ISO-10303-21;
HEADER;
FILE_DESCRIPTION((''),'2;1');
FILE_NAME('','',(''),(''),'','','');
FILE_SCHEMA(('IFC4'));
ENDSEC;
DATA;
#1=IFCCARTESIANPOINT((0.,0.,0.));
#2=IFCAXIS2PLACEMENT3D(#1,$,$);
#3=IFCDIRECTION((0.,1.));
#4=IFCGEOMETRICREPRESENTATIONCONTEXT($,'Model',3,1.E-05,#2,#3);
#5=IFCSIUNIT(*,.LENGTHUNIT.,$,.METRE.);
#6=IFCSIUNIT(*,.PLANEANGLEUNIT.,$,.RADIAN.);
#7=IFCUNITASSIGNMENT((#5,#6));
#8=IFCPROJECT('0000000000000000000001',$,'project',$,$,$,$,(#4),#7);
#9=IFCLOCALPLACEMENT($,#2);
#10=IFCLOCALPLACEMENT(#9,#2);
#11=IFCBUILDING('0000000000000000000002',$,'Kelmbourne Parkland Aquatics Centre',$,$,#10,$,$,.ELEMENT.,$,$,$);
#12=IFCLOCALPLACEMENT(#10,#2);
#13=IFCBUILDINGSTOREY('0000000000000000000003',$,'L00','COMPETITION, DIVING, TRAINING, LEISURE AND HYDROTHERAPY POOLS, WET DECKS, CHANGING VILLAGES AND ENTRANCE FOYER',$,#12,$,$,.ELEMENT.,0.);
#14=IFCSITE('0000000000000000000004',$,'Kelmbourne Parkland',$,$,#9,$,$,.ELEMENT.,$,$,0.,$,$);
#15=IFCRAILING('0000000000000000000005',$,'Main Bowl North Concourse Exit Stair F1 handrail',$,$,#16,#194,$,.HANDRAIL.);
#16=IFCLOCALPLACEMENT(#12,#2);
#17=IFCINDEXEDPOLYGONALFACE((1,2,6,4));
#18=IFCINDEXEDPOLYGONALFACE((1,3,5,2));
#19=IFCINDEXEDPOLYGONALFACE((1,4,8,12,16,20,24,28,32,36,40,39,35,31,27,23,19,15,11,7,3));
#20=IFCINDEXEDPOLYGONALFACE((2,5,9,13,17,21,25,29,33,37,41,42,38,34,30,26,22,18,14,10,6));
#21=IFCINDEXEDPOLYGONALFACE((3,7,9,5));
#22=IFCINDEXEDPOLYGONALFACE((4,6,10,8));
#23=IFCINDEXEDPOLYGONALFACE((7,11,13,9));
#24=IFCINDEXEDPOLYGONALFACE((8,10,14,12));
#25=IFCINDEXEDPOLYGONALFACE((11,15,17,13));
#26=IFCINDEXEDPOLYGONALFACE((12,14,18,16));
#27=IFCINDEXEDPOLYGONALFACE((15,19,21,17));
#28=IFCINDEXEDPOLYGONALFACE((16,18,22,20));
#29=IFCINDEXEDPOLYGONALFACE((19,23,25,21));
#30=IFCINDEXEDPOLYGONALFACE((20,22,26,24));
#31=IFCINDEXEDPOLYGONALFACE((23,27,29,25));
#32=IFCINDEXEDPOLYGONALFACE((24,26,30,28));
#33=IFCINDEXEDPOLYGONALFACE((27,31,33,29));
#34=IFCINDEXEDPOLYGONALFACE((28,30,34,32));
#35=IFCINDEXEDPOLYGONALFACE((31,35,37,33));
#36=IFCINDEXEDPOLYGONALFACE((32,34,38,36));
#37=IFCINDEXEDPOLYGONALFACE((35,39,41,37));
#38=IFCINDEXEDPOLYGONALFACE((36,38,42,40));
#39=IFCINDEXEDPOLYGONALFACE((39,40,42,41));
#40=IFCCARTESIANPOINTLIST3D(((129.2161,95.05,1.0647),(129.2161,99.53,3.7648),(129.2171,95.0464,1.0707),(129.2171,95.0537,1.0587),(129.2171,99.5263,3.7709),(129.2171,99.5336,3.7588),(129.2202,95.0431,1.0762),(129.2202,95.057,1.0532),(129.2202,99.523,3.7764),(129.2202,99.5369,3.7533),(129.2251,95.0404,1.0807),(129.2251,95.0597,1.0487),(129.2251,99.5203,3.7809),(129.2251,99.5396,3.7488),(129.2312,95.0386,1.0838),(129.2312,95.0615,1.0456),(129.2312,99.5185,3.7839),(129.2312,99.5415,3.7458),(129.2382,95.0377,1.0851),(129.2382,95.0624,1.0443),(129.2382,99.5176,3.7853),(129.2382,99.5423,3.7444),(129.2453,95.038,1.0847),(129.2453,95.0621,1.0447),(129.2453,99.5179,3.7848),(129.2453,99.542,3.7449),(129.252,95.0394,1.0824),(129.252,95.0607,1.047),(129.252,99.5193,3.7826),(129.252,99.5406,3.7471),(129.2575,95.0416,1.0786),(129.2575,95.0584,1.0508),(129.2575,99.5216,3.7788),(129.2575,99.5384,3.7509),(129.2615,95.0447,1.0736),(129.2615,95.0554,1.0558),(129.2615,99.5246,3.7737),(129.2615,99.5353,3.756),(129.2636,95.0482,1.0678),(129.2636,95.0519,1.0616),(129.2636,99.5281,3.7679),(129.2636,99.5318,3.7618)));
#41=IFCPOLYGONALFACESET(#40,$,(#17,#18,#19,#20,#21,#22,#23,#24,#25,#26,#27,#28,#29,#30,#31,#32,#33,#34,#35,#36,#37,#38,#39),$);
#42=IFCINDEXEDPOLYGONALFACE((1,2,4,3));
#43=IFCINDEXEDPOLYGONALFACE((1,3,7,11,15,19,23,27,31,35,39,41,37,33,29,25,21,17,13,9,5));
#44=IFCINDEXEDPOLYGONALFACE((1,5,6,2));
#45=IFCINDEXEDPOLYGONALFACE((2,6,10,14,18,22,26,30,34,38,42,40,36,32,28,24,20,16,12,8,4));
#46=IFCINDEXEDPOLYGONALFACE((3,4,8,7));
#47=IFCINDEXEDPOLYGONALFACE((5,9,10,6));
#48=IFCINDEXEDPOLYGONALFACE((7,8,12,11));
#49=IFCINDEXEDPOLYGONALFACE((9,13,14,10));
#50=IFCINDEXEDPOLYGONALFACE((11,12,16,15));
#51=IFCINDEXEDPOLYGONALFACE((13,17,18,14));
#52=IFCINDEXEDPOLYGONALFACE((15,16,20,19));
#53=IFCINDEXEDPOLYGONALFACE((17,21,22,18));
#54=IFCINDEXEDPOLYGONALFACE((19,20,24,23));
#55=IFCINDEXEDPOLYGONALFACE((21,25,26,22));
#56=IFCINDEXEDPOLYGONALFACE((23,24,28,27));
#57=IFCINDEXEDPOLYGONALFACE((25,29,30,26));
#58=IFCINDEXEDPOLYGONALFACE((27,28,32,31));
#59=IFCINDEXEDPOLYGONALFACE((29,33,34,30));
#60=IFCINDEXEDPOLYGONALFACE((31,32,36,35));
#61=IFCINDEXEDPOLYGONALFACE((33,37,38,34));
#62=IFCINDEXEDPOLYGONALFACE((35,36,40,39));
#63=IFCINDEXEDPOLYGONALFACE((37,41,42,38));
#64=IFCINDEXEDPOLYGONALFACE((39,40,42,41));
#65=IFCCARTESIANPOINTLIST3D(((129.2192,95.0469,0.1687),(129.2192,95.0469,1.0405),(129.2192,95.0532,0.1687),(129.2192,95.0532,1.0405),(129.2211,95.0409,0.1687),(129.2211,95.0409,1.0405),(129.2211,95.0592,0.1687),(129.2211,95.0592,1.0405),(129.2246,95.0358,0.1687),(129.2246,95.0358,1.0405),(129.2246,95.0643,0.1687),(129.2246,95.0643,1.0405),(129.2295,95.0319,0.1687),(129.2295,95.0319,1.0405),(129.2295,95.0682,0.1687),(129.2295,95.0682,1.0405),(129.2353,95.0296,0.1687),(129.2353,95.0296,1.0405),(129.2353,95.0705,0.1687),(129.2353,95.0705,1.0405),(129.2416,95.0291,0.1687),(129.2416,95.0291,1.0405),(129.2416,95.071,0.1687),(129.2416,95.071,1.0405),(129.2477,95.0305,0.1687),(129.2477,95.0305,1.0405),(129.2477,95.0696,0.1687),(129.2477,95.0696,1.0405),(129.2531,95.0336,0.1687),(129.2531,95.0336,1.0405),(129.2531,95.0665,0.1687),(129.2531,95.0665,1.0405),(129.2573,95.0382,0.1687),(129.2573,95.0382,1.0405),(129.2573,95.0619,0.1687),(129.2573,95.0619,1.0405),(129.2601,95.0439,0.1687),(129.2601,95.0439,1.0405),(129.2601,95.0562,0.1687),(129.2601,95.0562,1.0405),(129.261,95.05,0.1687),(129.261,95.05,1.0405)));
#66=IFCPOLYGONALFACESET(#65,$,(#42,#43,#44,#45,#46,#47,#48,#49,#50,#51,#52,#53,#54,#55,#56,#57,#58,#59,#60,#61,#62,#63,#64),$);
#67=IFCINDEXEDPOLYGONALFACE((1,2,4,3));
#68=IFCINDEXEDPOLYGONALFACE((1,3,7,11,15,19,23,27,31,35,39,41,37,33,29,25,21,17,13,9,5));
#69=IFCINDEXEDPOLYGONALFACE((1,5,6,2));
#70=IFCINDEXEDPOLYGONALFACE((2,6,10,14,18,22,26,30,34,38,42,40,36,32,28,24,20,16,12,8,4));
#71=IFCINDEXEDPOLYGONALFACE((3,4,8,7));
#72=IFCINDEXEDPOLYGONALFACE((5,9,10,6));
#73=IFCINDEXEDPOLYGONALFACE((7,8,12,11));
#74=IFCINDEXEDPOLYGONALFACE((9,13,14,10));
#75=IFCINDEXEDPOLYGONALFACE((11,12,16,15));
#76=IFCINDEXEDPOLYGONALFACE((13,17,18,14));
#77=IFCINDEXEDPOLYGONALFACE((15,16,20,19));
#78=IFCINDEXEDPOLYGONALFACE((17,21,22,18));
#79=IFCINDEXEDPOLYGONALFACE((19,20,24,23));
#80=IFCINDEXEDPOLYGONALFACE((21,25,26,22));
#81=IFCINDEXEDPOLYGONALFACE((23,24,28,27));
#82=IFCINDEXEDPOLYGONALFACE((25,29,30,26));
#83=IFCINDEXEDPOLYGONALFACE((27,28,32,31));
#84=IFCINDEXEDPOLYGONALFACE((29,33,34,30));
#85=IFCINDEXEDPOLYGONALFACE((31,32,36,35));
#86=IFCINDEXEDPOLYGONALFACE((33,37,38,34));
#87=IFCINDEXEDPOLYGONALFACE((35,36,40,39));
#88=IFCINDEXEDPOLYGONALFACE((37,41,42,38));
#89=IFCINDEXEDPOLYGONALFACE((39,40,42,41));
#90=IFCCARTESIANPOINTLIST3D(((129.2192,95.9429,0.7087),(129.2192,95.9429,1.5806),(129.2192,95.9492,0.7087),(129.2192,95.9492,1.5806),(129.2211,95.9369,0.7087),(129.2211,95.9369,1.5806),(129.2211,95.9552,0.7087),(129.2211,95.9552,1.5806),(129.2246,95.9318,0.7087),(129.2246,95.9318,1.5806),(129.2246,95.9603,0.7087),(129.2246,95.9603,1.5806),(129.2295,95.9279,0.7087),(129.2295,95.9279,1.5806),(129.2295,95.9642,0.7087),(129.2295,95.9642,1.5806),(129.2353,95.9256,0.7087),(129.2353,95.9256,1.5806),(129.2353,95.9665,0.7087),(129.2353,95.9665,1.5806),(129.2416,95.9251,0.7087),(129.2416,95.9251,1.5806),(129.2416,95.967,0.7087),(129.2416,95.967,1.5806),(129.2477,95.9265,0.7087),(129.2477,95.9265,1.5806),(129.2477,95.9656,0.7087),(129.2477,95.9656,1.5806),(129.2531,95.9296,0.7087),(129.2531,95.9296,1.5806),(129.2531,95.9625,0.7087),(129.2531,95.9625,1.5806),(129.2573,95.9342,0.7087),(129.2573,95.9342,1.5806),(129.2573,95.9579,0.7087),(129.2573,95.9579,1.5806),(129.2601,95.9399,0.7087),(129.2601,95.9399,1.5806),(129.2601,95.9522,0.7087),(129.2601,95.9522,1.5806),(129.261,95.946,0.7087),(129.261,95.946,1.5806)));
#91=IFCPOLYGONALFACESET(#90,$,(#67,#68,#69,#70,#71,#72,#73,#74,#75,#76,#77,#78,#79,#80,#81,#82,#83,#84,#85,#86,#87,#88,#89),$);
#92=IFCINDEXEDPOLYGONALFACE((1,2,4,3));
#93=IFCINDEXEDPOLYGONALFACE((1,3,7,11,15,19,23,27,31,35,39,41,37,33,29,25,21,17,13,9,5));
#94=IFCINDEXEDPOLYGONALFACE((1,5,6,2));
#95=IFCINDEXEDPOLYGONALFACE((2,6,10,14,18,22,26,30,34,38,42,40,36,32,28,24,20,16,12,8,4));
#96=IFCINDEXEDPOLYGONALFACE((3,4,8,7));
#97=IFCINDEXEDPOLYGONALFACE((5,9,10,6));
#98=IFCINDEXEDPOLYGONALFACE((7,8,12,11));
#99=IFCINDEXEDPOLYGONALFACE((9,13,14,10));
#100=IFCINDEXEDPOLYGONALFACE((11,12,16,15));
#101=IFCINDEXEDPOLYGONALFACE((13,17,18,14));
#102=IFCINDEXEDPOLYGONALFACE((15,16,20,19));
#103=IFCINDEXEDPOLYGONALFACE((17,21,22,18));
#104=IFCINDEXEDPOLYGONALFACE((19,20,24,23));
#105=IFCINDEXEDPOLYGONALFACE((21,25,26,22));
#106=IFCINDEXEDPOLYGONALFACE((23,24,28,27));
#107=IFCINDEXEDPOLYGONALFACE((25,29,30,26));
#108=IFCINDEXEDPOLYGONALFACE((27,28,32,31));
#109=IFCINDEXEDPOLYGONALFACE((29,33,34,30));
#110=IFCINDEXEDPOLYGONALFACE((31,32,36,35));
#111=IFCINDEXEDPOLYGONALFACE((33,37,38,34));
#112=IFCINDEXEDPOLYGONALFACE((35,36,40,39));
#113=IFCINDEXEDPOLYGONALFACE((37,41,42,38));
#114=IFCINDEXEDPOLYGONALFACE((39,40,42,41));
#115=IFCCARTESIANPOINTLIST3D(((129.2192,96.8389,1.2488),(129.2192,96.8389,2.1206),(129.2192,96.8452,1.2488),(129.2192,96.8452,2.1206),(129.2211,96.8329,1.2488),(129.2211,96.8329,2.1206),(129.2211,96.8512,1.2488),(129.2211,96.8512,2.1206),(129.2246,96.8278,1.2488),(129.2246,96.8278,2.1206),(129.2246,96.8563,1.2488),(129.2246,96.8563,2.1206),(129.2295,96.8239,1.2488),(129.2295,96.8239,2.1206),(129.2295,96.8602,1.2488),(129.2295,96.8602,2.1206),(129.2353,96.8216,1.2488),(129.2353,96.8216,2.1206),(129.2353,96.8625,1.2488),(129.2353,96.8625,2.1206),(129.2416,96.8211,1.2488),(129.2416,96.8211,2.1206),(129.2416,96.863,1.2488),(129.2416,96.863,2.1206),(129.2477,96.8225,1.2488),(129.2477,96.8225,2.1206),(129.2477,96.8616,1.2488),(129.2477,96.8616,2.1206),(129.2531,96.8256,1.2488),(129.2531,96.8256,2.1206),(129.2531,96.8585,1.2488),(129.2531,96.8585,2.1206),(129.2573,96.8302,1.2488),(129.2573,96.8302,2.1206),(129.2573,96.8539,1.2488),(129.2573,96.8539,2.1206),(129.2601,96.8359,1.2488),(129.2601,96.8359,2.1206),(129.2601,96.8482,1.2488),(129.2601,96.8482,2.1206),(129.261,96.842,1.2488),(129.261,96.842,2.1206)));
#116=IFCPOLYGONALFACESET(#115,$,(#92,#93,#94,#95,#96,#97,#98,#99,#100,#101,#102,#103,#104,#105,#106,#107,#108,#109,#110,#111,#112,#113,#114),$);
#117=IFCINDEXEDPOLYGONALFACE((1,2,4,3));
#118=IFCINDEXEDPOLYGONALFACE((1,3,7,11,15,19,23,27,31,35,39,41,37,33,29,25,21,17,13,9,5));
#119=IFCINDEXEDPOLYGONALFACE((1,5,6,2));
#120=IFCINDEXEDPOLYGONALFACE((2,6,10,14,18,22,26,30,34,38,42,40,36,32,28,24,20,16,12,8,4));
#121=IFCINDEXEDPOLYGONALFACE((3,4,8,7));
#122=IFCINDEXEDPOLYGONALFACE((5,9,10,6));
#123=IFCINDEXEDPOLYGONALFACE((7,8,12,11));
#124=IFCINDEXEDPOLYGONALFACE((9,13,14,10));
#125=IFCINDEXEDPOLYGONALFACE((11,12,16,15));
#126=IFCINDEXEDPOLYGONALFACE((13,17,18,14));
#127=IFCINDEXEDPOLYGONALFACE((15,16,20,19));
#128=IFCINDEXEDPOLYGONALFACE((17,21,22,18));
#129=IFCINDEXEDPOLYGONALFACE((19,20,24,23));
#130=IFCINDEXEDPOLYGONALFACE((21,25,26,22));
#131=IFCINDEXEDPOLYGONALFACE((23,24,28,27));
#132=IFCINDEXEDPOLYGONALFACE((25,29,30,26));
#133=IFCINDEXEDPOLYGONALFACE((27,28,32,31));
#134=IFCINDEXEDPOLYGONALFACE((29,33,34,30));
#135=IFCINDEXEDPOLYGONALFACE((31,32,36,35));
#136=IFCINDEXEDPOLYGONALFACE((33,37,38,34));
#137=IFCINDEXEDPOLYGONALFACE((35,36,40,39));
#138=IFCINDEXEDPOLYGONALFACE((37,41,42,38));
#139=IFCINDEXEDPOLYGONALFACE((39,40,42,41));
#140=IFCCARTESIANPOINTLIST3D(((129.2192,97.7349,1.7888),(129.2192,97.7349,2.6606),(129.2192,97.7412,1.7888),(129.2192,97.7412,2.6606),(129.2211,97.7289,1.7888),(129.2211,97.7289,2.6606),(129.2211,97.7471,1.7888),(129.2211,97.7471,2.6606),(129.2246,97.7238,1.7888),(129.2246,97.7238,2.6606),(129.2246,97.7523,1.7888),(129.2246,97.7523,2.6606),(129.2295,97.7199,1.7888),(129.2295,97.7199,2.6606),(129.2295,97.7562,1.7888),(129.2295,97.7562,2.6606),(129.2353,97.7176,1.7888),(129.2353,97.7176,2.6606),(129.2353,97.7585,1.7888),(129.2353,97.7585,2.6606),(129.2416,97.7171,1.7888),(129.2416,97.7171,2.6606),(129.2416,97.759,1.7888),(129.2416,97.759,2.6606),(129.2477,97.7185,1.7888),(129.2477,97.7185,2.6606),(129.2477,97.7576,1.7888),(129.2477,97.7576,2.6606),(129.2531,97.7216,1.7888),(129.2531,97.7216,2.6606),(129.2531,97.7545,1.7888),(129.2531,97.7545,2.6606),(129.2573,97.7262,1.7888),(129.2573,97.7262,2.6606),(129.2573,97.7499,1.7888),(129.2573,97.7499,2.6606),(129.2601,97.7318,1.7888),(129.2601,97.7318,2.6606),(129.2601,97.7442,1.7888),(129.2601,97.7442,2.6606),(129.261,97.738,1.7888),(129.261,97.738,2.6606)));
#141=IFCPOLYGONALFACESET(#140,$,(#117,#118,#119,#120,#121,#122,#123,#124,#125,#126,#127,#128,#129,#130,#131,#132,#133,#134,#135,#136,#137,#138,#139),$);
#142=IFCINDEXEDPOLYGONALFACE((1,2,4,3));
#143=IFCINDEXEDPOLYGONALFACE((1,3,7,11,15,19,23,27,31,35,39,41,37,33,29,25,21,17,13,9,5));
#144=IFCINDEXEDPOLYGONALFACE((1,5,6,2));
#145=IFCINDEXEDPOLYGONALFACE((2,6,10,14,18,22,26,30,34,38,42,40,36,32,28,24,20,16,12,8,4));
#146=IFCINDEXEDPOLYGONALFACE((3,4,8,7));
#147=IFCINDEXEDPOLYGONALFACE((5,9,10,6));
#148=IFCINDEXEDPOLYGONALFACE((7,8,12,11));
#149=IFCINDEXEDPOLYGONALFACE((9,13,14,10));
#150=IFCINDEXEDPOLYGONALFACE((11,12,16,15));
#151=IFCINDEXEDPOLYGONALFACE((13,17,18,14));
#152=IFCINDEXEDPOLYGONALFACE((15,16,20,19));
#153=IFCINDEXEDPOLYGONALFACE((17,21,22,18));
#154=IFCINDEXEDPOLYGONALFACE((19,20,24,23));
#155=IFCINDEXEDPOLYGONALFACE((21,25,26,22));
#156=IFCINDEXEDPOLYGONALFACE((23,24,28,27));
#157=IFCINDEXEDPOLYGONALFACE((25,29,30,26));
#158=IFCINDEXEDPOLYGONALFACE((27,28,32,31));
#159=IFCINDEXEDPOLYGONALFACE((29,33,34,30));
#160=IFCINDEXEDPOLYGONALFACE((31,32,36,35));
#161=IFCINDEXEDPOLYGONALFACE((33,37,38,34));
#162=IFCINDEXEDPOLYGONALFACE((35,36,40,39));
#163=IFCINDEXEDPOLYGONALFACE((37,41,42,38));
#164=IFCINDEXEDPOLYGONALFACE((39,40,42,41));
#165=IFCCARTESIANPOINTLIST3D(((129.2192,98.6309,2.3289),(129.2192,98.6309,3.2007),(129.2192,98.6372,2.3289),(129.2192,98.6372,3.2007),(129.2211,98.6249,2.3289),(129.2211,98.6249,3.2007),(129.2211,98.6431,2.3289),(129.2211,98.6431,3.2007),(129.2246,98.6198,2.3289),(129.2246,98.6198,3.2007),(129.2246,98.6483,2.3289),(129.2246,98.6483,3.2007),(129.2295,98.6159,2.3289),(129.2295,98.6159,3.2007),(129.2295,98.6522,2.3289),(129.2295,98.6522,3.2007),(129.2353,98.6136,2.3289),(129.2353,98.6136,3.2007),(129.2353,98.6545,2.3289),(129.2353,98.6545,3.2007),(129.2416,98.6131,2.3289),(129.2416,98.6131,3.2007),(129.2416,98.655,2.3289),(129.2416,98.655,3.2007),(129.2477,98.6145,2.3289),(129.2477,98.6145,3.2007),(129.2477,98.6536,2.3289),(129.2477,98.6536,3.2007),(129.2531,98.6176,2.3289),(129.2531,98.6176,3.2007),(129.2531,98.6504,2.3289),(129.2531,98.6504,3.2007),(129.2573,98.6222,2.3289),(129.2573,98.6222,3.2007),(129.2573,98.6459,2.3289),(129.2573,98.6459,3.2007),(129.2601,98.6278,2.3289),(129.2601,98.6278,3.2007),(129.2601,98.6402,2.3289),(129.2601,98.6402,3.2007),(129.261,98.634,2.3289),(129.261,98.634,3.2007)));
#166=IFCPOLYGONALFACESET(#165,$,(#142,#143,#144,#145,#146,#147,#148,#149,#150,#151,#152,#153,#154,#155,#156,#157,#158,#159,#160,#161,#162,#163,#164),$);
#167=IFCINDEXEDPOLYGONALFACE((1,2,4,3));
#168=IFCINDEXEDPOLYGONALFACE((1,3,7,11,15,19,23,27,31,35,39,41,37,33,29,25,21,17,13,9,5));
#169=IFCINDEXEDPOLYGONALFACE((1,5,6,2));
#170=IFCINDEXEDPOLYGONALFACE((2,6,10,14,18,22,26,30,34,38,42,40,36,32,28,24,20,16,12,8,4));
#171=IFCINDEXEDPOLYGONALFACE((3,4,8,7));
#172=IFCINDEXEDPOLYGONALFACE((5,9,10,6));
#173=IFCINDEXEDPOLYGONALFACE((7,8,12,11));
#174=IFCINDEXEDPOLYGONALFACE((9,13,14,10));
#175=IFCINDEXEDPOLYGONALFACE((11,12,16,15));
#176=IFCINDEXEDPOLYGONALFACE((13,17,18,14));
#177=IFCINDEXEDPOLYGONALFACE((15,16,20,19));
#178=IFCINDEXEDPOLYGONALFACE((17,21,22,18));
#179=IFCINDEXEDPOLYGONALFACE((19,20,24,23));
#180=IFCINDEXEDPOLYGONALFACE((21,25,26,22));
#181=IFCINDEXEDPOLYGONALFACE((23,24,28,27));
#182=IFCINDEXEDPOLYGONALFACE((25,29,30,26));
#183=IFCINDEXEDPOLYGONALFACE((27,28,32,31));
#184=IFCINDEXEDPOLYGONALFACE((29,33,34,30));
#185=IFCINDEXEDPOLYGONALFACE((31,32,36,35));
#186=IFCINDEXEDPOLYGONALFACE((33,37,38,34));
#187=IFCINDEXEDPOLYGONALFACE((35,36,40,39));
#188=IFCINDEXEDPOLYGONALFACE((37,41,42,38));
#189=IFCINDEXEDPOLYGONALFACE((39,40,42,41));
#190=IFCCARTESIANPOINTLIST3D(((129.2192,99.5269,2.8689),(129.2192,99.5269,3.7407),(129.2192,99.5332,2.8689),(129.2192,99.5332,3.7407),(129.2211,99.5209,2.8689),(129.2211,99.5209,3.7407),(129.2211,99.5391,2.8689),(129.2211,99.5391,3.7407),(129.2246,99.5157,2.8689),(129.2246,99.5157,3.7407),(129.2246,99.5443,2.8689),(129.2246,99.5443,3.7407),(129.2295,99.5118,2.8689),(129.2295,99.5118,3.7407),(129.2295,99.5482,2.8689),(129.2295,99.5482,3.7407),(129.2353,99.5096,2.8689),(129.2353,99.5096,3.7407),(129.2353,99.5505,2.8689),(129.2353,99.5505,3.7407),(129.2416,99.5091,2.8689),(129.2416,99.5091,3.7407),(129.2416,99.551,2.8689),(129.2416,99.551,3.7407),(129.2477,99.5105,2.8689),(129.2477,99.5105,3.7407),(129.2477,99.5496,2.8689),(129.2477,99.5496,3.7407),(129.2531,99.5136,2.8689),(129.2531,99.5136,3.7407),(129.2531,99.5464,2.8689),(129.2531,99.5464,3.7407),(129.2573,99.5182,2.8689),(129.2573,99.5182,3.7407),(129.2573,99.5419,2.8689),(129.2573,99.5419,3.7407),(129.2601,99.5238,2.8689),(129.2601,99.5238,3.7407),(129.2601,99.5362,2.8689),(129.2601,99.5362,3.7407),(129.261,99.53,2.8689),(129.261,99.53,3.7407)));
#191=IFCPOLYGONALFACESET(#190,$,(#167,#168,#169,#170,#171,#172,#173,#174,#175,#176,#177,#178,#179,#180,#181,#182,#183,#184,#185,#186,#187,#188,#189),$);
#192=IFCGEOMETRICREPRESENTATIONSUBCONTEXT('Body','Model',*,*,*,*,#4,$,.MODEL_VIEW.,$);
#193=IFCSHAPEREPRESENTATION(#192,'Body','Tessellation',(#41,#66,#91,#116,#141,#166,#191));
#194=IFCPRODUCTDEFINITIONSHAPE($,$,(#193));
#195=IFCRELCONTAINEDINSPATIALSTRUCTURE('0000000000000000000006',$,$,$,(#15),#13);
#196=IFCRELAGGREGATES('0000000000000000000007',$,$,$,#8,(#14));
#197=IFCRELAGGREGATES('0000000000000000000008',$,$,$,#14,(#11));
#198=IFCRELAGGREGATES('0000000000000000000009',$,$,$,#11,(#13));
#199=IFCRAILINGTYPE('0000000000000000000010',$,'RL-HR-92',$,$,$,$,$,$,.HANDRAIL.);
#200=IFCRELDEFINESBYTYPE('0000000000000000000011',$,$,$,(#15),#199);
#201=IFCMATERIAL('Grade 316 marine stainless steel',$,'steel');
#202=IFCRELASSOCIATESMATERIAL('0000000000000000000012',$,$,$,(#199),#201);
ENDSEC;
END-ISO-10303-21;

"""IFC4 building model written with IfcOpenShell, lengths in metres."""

from ifc_helpers import new_model, si_unit, direction, frame, origin, origin_2d, place, context, subcontext, project, spatial, circle, extrude, material, type_object, element, save


model = new_model("IFC4")

# Units and contexts
model_context = context("Model", 3, precision=1e-05, world=origin(), true_north=direction((0.0, 1.0)))
body_context = subcontext(model_context, "Body", "Model", "MODEL_VIEW")
ifc_project = project(units=[si_unit("LENGTHUNIT", "METRE"), si_unit("PLANEANGLEUNIT", "RADIAN")], contexts=[model_context])

# Site, building, storey
site_placement = place(None, origin())
site = spatial("IfcSite", under=ifc_project, at=site_placement, Name="Kelmbourne Parkland", CompositionType="ELEMENT", RefElevation=0.0)
building_placement = place(site_placement, origin())
building = spatial("IfcBuilding", under=site, at=building_placement, Name="Kelmbourne Parkland Aquatics Centre", CompositionType="ELEMENT")
storey_placement = place(building_placement, origin())
storey = spatial("IfcBuildingStorey", under=building, at=storey_placement, Name="L00", Description="COMPETITION, DIVING, TRAINING, LEISURE AND HYDROTHERAPY POOLS, WET DECKS, CHANGING VILLAGES AND ENTRANCE FOYER", CompositionType="ELEMENT", Elevation=0.0)

# Railing
ifc_material_1 = material(Name="Grade 316 marine stainless steel", Category="steel")
railing_type = type_object("IfcRailingType", Name="RL-HR-92", PredefinedType="HANDRAIL", material=ifc_material_1)
railing_placement = place(storey_placement, frame((129.24, 95.05, 0.1687)))
element("IfcRailing", 1, at=railing_placement, inside=storey, type_object=railing_type, Name="Main Bowl North Concourse Exit Stair F1 handrail", PredefinedType="HANDRAIL", context=body_context, shape_type="SweptSolid", body=[
    extrude(circle(Radius=0.0239, at=origin_2d()), frame((0.0, 0.0, 0.896), z_axis=(0.0, 0.856462, 0.516211), x_axis=(-1.0, 0.0, 0.0)), (0.0, 0.0, 1.0), 5.2307),
    extrude(circle(Radius=0.021, at=origin_2d()), origin(), (0.0, 0.0, 1.0), 0.8718),
    extrude(circle(Radius=0.021, at=origin_2d()), frame((0.0, 0.896, 0.54)), (0.0, 0.0, 1.0), 0.8718),
    extrude(circle(Radius=0.021, at=origin_2d()), frame((0.0, 1.792, 1.0801)), (0.0, 0.0, 1.0), 0.8718),
    extrude(circle(Radius=0.021, at=origin_2d()), frame((0.0, 2.688, 1.6201)), (0.0, 0.0, 1.0), 0.8718),
    extrude(circle(Radius=0.021, at=origin_2d()), frame((0.0, 3.584, 2.1602)), (0.0, 0.0, 1.0), 0.8718),
    extrude(circle(Radius=0.021, at=origin_2d()), frame((0.0, 4.48, 2.7002)), (0.0, 0.0, 1.0), 0.8718),
])

save(model, "model.ifc")
